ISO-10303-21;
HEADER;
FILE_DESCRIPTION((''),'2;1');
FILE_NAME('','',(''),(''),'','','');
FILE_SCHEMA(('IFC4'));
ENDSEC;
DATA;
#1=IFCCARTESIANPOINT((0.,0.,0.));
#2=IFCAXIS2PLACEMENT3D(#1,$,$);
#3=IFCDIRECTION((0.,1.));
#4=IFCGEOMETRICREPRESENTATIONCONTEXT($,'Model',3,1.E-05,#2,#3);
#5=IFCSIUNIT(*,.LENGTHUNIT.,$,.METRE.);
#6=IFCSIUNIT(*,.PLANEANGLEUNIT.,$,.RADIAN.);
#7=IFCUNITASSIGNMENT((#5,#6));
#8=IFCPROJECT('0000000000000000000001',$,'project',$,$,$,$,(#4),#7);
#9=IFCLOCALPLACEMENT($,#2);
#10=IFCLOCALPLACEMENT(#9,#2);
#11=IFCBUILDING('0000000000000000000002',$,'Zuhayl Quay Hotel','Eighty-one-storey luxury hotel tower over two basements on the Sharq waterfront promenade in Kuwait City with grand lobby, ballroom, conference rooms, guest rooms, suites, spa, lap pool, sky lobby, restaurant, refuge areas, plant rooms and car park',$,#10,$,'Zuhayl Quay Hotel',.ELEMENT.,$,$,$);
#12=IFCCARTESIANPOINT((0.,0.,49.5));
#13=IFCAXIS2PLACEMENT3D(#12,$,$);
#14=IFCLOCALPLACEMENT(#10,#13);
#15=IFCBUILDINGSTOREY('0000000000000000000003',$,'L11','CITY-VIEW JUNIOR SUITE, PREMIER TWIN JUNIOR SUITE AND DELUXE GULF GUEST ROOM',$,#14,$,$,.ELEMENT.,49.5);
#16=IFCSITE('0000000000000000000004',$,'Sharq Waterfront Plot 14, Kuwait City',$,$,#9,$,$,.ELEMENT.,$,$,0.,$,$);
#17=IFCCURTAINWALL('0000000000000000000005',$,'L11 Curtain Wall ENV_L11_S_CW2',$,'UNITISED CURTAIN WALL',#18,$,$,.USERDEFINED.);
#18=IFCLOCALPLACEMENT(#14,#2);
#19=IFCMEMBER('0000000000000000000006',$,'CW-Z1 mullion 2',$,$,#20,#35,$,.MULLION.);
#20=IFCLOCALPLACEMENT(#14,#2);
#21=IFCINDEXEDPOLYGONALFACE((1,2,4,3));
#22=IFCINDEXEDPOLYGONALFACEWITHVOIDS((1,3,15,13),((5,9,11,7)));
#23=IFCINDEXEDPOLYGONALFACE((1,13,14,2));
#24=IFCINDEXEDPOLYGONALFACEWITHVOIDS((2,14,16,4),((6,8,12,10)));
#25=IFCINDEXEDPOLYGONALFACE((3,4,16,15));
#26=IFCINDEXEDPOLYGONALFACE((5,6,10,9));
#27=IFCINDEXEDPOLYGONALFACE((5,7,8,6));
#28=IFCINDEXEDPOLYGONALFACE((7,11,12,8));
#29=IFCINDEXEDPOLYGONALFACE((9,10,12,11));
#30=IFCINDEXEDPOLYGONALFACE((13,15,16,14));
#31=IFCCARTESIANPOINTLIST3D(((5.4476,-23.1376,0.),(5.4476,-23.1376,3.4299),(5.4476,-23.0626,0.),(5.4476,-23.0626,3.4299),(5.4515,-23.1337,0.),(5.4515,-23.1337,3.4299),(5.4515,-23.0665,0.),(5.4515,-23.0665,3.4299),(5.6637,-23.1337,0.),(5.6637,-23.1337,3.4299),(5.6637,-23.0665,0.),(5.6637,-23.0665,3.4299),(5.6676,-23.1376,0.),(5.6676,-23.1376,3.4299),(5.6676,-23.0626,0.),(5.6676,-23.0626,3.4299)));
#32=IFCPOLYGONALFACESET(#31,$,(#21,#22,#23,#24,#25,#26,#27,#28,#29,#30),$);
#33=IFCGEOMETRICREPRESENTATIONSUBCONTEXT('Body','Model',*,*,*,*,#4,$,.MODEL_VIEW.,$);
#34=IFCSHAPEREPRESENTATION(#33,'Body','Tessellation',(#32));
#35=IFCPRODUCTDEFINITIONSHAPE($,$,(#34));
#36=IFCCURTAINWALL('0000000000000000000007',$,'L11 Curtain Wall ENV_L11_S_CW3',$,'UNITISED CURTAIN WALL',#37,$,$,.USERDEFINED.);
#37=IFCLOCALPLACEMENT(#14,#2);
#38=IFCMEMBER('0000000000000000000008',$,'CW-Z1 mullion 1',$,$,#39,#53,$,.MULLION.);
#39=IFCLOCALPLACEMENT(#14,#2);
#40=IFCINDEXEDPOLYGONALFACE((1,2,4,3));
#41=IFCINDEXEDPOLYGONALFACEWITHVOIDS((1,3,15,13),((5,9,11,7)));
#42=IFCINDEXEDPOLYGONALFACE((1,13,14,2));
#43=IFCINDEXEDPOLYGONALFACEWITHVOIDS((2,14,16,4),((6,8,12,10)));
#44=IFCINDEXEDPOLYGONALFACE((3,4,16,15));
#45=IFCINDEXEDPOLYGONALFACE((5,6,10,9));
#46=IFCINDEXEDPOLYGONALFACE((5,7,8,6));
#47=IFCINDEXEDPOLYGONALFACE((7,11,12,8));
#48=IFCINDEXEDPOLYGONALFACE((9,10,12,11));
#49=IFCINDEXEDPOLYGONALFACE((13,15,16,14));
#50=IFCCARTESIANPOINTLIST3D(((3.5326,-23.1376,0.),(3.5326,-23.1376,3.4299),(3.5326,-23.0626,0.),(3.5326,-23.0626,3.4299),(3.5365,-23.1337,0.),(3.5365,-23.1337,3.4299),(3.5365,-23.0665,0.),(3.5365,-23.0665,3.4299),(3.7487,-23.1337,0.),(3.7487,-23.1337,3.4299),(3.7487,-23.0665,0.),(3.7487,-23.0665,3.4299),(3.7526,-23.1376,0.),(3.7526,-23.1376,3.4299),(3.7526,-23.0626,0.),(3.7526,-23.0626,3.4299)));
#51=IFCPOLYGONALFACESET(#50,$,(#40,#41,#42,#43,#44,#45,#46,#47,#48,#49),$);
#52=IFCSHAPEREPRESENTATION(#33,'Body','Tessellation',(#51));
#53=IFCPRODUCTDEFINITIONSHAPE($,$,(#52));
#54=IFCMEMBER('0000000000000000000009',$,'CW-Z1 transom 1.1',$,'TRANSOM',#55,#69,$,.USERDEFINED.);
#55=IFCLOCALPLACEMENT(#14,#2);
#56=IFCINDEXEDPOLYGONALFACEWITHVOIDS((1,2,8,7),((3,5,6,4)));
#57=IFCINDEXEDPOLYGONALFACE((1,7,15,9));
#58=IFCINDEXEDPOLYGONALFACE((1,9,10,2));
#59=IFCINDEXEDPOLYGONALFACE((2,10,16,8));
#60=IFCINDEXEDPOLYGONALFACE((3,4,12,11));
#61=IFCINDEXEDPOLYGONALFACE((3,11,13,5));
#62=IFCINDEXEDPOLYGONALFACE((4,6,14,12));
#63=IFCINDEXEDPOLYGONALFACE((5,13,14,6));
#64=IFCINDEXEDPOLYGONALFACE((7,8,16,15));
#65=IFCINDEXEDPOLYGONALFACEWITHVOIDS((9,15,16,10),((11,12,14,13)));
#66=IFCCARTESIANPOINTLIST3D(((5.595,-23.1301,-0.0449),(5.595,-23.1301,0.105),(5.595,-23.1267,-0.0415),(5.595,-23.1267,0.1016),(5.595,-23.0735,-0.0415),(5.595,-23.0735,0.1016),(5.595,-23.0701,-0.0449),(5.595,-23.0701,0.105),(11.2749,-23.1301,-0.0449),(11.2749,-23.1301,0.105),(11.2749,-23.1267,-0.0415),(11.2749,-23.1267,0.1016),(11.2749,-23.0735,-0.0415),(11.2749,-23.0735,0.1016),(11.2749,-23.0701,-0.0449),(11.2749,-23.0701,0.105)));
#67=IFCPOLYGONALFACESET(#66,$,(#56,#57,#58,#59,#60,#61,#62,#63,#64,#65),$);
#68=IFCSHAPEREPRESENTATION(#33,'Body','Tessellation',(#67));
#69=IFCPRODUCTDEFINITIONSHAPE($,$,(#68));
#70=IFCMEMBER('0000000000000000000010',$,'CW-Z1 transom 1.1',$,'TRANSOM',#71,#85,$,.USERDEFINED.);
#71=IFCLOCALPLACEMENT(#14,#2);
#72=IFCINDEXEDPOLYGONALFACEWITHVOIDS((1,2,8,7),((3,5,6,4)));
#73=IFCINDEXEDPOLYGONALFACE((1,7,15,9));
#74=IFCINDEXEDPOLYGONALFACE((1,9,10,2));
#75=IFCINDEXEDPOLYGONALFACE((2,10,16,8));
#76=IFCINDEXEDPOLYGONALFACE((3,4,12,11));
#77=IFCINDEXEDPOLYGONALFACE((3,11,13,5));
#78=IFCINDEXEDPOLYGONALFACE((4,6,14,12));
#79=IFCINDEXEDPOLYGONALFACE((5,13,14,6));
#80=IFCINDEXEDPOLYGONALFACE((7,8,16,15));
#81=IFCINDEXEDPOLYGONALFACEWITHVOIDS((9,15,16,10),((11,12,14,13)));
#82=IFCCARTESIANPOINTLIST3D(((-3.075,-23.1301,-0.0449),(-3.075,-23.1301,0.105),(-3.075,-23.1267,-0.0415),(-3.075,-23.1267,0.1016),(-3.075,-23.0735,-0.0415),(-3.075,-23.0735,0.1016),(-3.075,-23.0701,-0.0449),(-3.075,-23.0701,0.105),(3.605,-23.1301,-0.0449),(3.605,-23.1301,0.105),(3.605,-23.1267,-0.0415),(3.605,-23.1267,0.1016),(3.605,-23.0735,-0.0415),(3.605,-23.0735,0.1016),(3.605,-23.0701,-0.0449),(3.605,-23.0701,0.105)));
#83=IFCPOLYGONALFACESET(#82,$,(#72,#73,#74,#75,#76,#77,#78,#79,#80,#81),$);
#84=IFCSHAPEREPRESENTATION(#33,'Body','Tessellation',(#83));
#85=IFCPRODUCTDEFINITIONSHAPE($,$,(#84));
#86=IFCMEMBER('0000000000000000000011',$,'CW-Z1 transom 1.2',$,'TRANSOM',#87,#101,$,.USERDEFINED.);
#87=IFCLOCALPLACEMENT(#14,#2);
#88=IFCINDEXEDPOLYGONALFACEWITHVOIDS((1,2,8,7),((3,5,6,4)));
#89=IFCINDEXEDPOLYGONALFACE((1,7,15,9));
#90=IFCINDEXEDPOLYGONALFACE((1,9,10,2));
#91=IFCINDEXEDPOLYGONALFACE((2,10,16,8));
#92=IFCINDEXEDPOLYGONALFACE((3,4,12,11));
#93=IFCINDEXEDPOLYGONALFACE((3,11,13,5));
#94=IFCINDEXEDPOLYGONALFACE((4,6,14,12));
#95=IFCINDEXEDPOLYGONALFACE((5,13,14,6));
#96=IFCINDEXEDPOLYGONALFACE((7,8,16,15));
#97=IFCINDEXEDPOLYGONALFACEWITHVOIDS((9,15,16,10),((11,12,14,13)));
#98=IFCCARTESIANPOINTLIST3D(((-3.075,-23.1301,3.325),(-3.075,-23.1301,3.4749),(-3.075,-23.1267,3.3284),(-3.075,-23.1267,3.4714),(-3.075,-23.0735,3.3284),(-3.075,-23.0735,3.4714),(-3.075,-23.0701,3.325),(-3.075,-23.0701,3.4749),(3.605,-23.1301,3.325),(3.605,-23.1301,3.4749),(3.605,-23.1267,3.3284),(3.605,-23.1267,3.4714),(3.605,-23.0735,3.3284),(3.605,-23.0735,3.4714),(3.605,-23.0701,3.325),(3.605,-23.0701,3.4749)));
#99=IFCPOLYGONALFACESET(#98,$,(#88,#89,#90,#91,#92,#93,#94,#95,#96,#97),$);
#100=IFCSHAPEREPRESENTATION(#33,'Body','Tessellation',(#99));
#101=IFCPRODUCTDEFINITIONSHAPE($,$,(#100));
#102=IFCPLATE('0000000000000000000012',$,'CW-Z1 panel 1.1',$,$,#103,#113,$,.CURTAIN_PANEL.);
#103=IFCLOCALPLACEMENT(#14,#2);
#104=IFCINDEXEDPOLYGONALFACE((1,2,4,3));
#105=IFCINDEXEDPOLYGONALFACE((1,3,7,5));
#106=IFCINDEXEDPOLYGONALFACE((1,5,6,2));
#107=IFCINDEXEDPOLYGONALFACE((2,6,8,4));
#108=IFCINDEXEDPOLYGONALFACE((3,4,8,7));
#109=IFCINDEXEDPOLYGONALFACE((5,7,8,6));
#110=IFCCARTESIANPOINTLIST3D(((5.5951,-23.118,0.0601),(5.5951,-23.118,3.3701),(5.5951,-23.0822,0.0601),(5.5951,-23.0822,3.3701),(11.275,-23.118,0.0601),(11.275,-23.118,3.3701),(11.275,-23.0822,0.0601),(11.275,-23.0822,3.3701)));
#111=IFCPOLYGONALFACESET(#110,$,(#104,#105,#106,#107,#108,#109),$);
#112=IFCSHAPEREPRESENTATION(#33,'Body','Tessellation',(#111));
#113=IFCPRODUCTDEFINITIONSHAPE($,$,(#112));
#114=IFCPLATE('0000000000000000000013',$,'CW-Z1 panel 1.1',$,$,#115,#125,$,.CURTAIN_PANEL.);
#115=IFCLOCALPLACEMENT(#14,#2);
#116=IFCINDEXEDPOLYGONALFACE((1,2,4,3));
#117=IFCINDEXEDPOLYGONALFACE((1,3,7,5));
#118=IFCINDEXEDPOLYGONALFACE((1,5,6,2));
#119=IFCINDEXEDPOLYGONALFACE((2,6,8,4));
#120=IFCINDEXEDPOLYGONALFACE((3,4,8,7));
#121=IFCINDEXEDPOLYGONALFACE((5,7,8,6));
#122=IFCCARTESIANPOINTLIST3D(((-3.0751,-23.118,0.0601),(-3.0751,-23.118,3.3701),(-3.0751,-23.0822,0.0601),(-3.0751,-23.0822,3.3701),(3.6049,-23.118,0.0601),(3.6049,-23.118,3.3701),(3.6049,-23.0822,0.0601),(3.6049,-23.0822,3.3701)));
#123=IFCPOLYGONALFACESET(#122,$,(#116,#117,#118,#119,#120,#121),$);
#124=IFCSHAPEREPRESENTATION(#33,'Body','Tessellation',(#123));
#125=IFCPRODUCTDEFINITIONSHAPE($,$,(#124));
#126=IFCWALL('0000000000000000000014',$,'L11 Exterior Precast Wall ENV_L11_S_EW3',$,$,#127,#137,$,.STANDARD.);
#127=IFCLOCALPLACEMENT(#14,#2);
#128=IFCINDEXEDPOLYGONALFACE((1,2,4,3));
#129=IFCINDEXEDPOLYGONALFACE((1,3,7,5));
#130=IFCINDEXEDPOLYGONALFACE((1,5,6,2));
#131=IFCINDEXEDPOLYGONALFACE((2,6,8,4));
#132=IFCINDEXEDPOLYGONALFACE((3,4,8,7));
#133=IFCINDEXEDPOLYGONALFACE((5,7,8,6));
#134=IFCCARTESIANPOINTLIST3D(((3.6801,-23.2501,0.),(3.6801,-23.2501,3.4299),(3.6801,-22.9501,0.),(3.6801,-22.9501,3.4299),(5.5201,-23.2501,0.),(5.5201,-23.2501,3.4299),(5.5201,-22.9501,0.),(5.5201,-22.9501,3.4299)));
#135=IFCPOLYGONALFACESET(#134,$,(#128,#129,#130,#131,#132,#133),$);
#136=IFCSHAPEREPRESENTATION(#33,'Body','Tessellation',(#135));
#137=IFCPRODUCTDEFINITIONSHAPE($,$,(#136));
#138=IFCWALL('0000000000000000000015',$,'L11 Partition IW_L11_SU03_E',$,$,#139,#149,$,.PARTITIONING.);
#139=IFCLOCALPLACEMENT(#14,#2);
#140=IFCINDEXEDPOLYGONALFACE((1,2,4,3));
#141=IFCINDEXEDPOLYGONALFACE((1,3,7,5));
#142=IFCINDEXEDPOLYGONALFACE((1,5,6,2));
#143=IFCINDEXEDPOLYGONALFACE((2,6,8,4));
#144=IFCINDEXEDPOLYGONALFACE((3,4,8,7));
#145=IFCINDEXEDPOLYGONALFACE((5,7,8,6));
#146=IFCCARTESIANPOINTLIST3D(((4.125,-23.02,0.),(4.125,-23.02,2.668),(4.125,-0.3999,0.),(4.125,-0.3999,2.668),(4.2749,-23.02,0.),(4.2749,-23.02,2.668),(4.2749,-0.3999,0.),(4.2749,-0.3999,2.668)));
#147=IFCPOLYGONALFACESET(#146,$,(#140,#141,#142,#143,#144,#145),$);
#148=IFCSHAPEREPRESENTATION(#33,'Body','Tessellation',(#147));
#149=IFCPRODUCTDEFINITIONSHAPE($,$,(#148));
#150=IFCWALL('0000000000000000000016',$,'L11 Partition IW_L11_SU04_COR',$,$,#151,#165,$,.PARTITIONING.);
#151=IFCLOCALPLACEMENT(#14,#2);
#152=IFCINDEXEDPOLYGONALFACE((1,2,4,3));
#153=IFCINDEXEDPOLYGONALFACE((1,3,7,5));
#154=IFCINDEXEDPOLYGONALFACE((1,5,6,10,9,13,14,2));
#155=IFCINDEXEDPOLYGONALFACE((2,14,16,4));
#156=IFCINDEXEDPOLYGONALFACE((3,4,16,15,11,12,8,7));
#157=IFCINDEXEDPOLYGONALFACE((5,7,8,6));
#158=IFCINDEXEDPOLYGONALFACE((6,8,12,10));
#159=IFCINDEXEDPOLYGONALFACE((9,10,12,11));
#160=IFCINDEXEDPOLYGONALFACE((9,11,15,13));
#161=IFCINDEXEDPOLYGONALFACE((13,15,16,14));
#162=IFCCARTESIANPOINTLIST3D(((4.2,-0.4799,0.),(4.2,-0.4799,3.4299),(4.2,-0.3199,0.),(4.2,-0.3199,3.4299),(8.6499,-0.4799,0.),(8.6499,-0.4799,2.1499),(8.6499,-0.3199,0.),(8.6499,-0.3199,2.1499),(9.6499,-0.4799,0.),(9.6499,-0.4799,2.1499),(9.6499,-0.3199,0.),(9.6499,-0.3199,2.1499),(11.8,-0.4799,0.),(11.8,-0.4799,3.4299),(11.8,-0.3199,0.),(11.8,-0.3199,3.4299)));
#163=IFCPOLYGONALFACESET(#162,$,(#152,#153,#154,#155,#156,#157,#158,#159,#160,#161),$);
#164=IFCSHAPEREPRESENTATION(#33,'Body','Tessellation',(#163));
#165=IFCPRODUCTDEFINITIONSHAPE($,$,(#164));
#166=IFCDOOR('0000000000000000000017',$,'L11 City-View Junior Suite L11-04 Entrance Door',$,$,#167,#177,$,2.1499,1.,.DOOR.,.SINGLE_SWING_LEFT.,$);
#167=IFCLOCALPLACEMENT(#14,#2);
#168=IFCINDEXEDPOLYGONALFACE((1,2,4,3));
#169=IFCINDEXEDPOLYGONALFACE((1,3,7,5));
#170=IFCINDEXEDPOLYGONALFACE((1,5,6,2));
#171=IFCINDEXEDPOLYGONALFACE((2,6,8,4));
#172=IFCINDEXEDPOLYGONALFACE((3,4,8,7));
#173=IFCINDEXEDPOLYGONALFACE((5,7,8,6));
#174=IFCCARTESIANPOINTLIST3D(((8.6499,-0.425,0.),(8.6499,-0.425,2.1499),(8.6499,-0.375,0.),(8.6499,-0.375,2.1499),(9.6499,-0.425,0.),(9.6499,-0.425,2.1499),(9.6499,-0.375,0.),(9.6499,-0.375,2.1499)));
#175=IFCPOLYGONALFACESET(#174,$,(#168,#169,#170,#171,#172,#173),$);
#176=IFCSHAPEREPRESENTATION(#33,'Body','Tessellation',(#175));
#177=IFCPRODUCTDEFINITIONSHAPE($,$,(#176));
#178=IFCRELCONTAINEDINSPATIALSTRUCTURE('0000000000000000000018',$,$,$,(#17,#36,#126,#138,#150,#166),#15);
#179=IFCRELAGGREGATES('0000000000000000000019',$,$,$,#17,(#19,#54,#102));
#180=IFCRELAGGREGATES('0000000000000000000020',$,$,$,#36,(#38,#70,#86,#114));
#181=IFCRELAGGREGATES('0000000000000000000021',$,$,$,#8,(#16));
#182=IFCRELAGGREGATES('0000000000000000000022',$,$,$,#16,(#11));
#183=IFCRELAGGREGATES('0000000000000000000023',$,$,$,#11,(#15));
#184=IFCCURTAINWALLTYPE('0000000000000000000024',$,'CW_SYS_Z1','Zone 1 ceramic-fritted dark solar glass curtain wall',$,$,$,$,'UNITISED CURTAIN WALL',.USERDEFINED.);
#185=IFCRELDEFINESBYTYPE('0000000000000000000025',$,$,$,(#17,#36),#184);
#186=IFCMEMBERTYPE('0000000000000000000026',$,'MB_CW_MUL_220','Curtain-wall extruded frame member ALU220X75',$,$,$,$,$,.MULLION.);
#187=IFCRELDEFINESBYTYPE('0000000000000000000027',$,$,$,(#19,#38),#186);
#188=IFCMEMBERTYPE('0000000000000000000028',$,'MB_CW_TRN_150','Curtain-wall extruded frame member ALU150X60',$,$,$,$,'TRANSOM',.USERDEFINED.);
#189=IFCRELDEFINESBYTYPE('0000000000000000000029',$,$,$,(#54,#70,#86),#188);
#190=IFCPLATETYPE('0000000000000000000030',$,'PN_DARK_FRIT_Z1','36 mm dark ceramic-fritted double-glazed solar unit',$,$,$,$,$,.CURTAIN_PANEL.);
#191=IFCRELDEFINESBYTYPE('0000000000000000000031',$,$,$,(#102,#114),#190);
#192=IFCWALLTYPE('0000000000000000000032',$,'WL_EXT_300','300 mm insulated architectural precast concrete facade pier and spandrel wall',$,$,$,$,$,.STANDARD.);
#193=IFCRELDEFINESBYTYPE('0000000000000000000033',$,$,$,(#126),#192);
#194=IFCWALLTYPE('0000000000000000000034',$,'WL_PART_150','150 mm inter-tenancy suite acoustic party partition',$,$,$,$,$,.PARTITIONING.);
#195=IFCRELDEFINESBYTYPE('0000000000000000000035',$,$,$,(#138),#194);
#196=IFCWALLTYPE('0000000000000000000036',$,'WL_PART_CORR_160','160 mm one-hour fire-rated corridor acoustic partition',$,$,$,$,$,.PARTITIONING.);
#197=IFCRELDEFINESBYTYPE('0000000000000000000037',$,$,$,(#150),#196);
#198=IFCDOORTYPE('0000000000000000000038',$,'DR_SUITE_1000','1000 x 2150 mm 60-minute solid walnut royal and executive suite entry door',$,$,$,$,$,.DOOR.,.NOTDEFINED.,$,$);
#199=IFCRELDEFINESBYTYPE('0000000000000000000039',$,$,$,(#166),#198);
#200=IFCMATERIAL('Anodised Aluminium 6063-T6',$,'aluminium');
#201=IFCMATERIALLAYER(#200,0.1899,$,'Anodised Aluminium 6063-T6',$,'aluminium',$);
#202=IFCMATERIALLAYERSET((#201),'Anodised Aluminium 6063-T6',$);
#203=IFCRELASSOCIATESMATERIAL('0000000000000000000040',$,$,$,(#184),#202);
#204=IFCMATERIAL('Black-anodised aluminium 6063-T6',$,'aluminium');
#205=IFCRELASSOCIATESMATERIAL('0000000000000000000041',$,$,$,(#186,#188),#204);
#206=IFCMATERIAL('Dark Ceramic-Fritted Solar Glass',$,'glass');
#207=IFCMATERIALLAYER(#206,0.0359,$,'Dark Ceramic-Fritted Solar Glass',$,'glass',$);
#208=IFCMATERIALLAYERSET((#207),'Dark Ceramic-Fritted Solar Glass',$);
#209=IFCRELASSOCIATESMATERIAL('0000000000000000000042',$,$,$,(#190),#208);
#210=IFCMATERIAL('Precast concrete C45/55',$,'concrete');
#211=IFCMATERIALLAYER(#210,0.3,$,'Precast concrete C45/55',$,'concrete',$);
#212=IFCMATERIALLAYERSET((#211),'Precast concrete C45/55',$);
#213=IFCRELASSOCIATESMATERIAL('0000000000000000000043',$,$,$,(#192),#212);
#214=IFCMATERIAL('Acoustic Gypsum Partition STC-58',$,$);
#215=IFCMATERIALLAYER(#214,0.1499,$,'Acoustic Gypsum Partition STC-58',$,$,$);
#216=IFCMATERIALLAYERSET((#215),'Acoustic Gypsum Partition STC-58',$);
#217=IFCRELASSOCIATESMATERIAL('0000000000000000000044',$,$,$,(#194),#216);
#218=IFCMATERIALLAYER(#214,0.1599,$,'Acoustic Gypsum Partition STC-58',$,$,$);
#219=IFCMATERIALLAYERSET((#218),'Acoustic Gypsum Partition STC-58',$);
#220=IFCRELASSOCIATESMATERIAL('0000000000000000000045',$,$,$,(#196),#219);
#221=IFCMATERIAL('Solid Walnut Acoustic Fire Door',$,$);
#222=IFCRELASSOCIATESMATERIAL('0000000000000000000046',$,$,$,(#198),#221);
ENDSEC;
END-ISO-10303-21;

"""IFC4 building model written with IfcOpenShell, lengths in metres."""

from ifc_helpers import new_model, si_unit, direction, frame, frame_2d, origin, origin_2d, place, context, subcontext, project, spatial, rectangle, hollow_rectangle, extrude, material, layer, layer_set, material_profile, profile_set, type_object, element, fill, aggregate, save


model = new_model("IFC4")

# Units and contexts
model_context = context("Model", 3, precision=1e-05, world=origin(), true_north=direction((0.0, 1.0)))
body_context = subcontext(model_context, "Body", "Model", "MODEL_VIEW")
ifc_project = project(units=[si_unit("LENGTHUNIT", "METRE"), si_unit("PLANEANGLEUNIT", "RADIAN")], contexts=[model_context])

# Site, building, storey
site_placement = place(None, origin())
site = spatial("IfcSite", under=ifc_project, at=site_placement, Name="Sharq Waterfront Plot 14, Kuwait City", CompositionType="ELEMENT", RefElevation=0.0)
building_placement = place(site_placement, origin())
building = spatial("IfcBuilding", under=site, at=building_placement, Name="Zuhayl Quay Hotel", Description="Eighty-one-storey luxury hotel tower over two basements on the Sharq waterfront promenade in Kuwait City with grand lobby, ballroom, conference rooms, guest rooms, suites, spa, lap pool, sky lobby, restaurant, refuge areas, plant rooms and car park", LongName="Zuhayl Quay Hotel", CompositionType="ELEMENT")
storey_placement = place(building_placement, frame((0.0, 0.0, 49.5)))
storey = spatial("IfcBuildingStorey", under=building, at=storey_placement, Name="L11", Description="CITY-VIEW JUNIOR SUITE, PREMIER TWIN JUNIOR SUITE AND DELUXE GULF GUEST ROOM", CompositionType="ELEMENT", Elevation=49.5)

# Curtain walls, members
ifc_material_1 = material(Name="Anodised Aluminium 6063-T6", Category="aluminium")
ifc_layer_1 = layer(ifc_material_1, 0.1899, Name="Anodised Aluminium 6063-T6", Category="aluminium")
ifc_layer_set_1 = layer_set([ifc_layer_1], Name="Anodised Aluminium 6063-T6")
curtain_wall_type = type_object("IfcCurtainWallType", Name="CW_SYS_Z1", Description="Zone 1 ceramic-fritted dark solar glass curtain wall", ElementType="UNITISED CURTAIN WALL", PredefinedType="USERDEFINED", material=ifc_layer_set_1)
curtain_wall_1_placement = place(storey_placement, origin())
curtain_wall_1 = element("IfcCurtainWall", 1, at=curtain_wall_1_placement, inside=storey, type_object=curtain_wall_type, Name="L11 Curtain Wall ENV_L11_S_CW2", ObjectType="UNITISED CURTAIN WALL", PredefinedType="USERDEFINED")
ifc_material_2 = material(Name="Black-anodised aluminium 6063-T6", Category="aluminium")
ifc_material_profile_1 = material_profile(ifc_material_2, hollow_rectangle(XDim=0.075, YDim=0.22, WallThickness=0.0039, at=origin_2d()), Name="ALU220X75")
ifc_profile_set_1 = profile_set([ifc_material_profile_1], Name="Black-anodised aluminium 6063-T6")
member_type_1 = type_object("IfcMemberType", Name="MB_CW_MUL_220", Description="Curtain-wall extruded frame member ALU220X75", PredefinedType="MULLION", material=ifc_profile_set_1)
member_1_placement = place(storey_placement, frame((5.5576, -23.1001, 0.0), z_axis=(0.0, 0.0, 1.0), x_axis=(0.0, -1.0, 0.0)))
member_1 = element("IfcMember", 2, at=member_1_placement, type_object=member_type_1, Name="CW-Z1 mullion 2", PredefinedType="MULLION", context=body_context, shape_type="SweptSolid", body=[
    extrude(hollow_rectangle(XDim=0.075, YDim=0.22, WallThickness=0.0039, at=origin_2d()), origin(), (0.0, 0.0, 1.0), 3.4299),
])
curtain_wall_2_placement = place(storey_placement, origin())
curtain_wall_2 = element("IfcCurtainWall", 3, at=curtain_wall_2_placement, inside=storey, type_object=curtain_wall_type, Name="L11 Curtain Wall ENV_L11_S_CW3", ObjectType="UNITISED CURTAIN WALL", PredefinedType="USERDEFINED")
member_2_placement = place(storey_placement, frame((3.6426, -23.1001, 0.0), z_axis=(0.0, 0.0, 1.0), x_axis=(0.0, -1.0, 0.0)))
member_2 = element("IfcMember", 4, at=member_2_placement, type_object=member_type_1, Name="CW-Z1 mullion 1", PredefinedType="MULLION", context=body_context, shape_type="SweptSolid", body=[
    extrude(hollow_rectangle(XDim=0.075, YDim=0.22, WallThickness=0.0039, at=origin_2d()), origin(), (0.0, 0.0, 1.0), 3.4299),
])

# Members
ifc_material_profile_2 = material_profile(ifc_material_2, hollow_rectangle(XDim=0.0601, YDim=0.1499, WallThickness=0.0034, at=origin_2d()), Name="ALU150X60")
ifc_profile_set_2 = profile_set([ifc_material_profile_2], Name="Black-anodised aluminium 6063-T6")
member_type_2 = type_object("IfcMemberType", Name="MB_CW_TRN_150", Description="Curtain-wall extruded frame member ALU150X60", ElementType="TRANSOM", PredefinedType="USERDEFINED", material=ifc_profile_set_2)
member_3_placement = place(storey_placement, frame((11.2749, -23.1001, 0.03), z_axis=(-1.0, 0.0, 0.0), x_axis=(0.0, -1.0, 0.0)))
member_3 = element("IfcMember", 5, at=member_3_placement, type_object=member_type_2, Name="CW-Z1 transom 1.1", ObjectType="TRANSOM", PredefinedType="USERDEFINED", context=body_context, shape_type="SweptSolid", body=[
    extrude(hollow_rectangle(XDim=0.0601, YDim=0.1499, WallThickness=0.0034, at=origin_2d()), origin(), (0.0, 0.0, 1.0), 5.6799),
])
member_4_placement = place(storey_placement, frame((3.605, -23.1001, 0.03), z_axis=(-1.0, 0.0, 0.0), x_axis=(0.0, -1.0, 0.0)))
member_4 = element("IfcMember", 6, at=member_4_placement, type_object=member_type_2, Name="CW-Z1 transom 1.1", ObjectType="TRANSOM", PredefinedType="USERDEFINED", context=body_context, shape_type="SweptSolid", body=[
    extrude(hollow_rectangle(XDim=0.0601, YDim=0.1499, WallThickness=0.0034, at=origin_2d()), origin(), (0.0, 0.0, 1.0), 6.6799),
])
member_5_placement = place(storey_placement, frame((3.605, -23.1001, 3.3999), z_axis=(-1.0, 0.0, 0.0), x_axis=(0.0, -1.0, 0.0)))
member_5 = element("IfcMember", 7, at=member_5_placement, type_object=member_type_2, Name="CW-Z1 transom 1.2", ObjectType="TRANSOM", PredefinedType="USERDEFINED", context=body_context, shape_type="SweptSolid", body=[
    extrude(hollow_rectangle(XDim=0.0601, YDim=0.1499, WallThickness=0.0034, at=origin_2d()), origin(), (0.0, 0.0, 1.0), 6.6799),
])

# Plates
ifc_material_3 = material(Name="Dark Ceramic-Fritted Solar Glass", Category="glass")
ifc_layer_2 = layer(ifc_material_3, 0.0359, Name="Dark Ceramic-Fritted Solar Glass", Category="glass")
ifc_layer_set_2 = layer_set([ifc_layer_2], Name="Dark Ceramic-Fritted Solar Glass")
plate_type = type_object("IfcPlateType", Name="PN_DARK_FRIT_Z1", Description="36 mm dark ceramic-fritted double-glazed solar unit", PredefinedType="CURTAIN_PANEL", material=ifc_layer_set_2)
plate_1_placement = place(storey_placement, frame((8.4351, -23.1001, 0.0601), z_axis=(0.0, 0.0, 1.0), x_axis=(-1.0, 0.0, 0.0)))
plate_1 = element("IfcPlate", 8, at=plate_1_placement, type_object=plate_type, Name="CW-Z1 panel 1.1", PredefinedType="CURTAIN_PANEL", context=body_context, shape_type="SweptSolid", body=[
    extrude(rectangle(XDim=5.6799, YDim=0.0359, at=origin_2d()), origin(), (0.0, 0.0, 1.0), 3.3101),
])
aggregate(curtain_wall_1, [member_1, member_3, plate_1])
plate_2_placement = place(storey_placement, frame((0.2649, -23.1001, 0.0601), z_axis=(0.0, 0.0, 1.0), x_axis=(-1.0, 0.0, 0.0)))
plate_2 = element("IfcPlate", 9, at=plate_2_placement, type_object=plate_type, Name="CW-Z1 panel 1.1", PredefinedType="CURTAIN_PANEL", context=body_context, shape_type="SweptSolid", body=[
    extrude(rectangle(XDim=6.6799, YDim=0.0359, at=origin_2d()), origin(), (0.0, 0.0, 1.0), 3.3101),
])
aggregate(curtain_wall_2, [member_2, member_4, member_5, plate_2])

# Walls
ifc_material_4 = material(Name="Precast concrete C45/55", Category="concrete")
ifc_layer_3 = layer(ifc_material_4, 0.3, Name="Precast concrete C45/55", Category="concrete")
ifc_layer_set_3 = layer_set([ifc_layer_3], Name="Precast concrete C45/55")
wall_type_1 = type_object("IfcWallType", Name="WL_EXT_300", Description="300 mm insulated architectural precast concrete facade pier and spandrel wall", PredefinedType="STANDARD", material=ifc_layer_set_3)
wall_1_placement = place(storey_placement, frame((5.52, -23.1001, 0.0), z_axis=(0.0, 0.0, 1.0), x_axis=(-1.0, 0.0, 0.0)))
element("IfcWall", 10, at=wall_1_placement, inside=storey, type_object=wall_type_1, Name="L11 Exterior Precast Wall ENV_L11_S_EW3", PredefinedType="STANDARD", context=body_context, shape_type="SweptSolid", body=[
    extrude(rectangle(XDim=1.8401, YDim=0.3, at=frame_2d((0.9199, 0.0))), origin(), (0.0, 0.0, 1.0), 3.4299),
])
ifc_material_5 = material(Name="Acoustic Gypsum Partition STC-58")
ifc_layer_4 = layer(ifc_material_5, 0.1499, Name="Acoustic Gypsum Partition STC-58")
ifc_layer_set_4 = layer_set([ifc_layer_4], Name="Acoustic Gypsum Partition STC-58")
wall_type_2 = type_object("IfcWallType", Name="WL_PART_150", Description="150 mm inter-tenancy suite acoustic party partition", PredefinedType="PARTITIONING", material=ifc_layer_set_4)
wall_2_placement = place(storey_placement, frame((4.2, -23.02, 0.0), z_axis=(0.0, 0.0, 1.0), x_axis=(0.0, 1.0, 0.0)))
element("IfcWall", 11, at=wall_2_placement, inside=storey, type_object=wall_type_2, Name="L11 Partition IW_L11_SU03_E", PredefinedType="PARTITIONING", context=body_context, shape_type="SweptSolid", body=[
    extrude(rectangle(XDim=22.6201, YDim=0.1499, at=frame_2d((11.3101, 0.0))), origin(), (0.0, 0.0, 1.0), 2.668),
])

# Wall, opening, door
ifc_layer_5 = layer(ifc_material_5, 0.1599, Name="Acoustic Gypsum Partition STC-58")
ifc_layer_set_5 = layer_set([ifc_layer_5], Name="Acoustic Gypsum Partition STC-58")
wall_type_3 = type_object("IfcWallType", Name="WL_PART_CORR_160", Description="160 mm one-hour fire-rated corridor acoustic partition", PredefinedType="PARTITIONING", material=ifc_layer_set_5)
wall_3_placement = place(storey_placement, frame((4.2, -0.3999, 0.0), z_axis=(0.0, 0.0, 1.0), x_axis=(1.0, 0.0, 0.0)))
wall_3 = element("IfcWall", 12, at=wall_3_placement, inside=storey, type_object=wall_type_3, Name="L11 Partition IW_L11_SU04_COR", PredefinedType="PARTITIONING", context=body_context, shape_type="SweptSolid", body=[
    extrude(rectangle(XDim=7.6001, YDim=0.1599, at=frame_2d((3.8, 0.0))), origin(), (0.0, 0.0, 1.0), 3.4299),
])
opening_1_placement = place(wall_3_placement, frame((4.45, 0.0, 0.0)))
opening_1 = element("IfcOpeningElement", 13, at=opening_1_placement, cuts=wall_3, PredefinedType="OPENING", context=body_context, shape_type="SweptSolid", body=[
    extrude(rectangle(XDim=1.0, YDim=2.1499, at=frame_2d((0.5, 1.075))), frame((0.0, 0.0898, 0.0), z_axis=(0.0, -1.0, 0.0), x_axis=(1.0, 0.0, 0.0)), (0.0, 0.0, 1.0), 0.1799),
])
ifc_material_6 = material(Name="Solid Walnut Acoustic Fire Door")
door_type_1 = type_object("IfcDoorType", Name="DR_SUITE_1000", Description="1000 x 2150 mm 60-minute solid walnut royal and executive suite entry door", OperationType="NOTDEFINED", PredefinedType="DOOR", material=ifc_material_6)
door_1_placement = place(opening_1_placement, origin())
door_1 = element("IfcDoor", 14, at=door_1_placement, inside=storey, type_object=door_type_1, Name="L11 City-View Junior Suite L11-04 Entrance Door", OperationType="SINGLE_SWING_LEFT", OverallHeight=2.1499, OverallWidth=1.0, PredefinedType="DOOR", context=body_context, shape_type="SweptSolid", body=[
    extrude(rectangle(XDim=1.0, YDim=2.1499, at=frame_2d((0.5, 1.075))), frame((0.0, 0.0249, 0.0), z_axis=(0.0, -1.0, 0.0), x_axis=(1.0, 0.0, 0.0)), (0.0, 0.0, 1.0), 0.05),
])
fill(opening_1, door_1)

save(model, "model.ifc")
